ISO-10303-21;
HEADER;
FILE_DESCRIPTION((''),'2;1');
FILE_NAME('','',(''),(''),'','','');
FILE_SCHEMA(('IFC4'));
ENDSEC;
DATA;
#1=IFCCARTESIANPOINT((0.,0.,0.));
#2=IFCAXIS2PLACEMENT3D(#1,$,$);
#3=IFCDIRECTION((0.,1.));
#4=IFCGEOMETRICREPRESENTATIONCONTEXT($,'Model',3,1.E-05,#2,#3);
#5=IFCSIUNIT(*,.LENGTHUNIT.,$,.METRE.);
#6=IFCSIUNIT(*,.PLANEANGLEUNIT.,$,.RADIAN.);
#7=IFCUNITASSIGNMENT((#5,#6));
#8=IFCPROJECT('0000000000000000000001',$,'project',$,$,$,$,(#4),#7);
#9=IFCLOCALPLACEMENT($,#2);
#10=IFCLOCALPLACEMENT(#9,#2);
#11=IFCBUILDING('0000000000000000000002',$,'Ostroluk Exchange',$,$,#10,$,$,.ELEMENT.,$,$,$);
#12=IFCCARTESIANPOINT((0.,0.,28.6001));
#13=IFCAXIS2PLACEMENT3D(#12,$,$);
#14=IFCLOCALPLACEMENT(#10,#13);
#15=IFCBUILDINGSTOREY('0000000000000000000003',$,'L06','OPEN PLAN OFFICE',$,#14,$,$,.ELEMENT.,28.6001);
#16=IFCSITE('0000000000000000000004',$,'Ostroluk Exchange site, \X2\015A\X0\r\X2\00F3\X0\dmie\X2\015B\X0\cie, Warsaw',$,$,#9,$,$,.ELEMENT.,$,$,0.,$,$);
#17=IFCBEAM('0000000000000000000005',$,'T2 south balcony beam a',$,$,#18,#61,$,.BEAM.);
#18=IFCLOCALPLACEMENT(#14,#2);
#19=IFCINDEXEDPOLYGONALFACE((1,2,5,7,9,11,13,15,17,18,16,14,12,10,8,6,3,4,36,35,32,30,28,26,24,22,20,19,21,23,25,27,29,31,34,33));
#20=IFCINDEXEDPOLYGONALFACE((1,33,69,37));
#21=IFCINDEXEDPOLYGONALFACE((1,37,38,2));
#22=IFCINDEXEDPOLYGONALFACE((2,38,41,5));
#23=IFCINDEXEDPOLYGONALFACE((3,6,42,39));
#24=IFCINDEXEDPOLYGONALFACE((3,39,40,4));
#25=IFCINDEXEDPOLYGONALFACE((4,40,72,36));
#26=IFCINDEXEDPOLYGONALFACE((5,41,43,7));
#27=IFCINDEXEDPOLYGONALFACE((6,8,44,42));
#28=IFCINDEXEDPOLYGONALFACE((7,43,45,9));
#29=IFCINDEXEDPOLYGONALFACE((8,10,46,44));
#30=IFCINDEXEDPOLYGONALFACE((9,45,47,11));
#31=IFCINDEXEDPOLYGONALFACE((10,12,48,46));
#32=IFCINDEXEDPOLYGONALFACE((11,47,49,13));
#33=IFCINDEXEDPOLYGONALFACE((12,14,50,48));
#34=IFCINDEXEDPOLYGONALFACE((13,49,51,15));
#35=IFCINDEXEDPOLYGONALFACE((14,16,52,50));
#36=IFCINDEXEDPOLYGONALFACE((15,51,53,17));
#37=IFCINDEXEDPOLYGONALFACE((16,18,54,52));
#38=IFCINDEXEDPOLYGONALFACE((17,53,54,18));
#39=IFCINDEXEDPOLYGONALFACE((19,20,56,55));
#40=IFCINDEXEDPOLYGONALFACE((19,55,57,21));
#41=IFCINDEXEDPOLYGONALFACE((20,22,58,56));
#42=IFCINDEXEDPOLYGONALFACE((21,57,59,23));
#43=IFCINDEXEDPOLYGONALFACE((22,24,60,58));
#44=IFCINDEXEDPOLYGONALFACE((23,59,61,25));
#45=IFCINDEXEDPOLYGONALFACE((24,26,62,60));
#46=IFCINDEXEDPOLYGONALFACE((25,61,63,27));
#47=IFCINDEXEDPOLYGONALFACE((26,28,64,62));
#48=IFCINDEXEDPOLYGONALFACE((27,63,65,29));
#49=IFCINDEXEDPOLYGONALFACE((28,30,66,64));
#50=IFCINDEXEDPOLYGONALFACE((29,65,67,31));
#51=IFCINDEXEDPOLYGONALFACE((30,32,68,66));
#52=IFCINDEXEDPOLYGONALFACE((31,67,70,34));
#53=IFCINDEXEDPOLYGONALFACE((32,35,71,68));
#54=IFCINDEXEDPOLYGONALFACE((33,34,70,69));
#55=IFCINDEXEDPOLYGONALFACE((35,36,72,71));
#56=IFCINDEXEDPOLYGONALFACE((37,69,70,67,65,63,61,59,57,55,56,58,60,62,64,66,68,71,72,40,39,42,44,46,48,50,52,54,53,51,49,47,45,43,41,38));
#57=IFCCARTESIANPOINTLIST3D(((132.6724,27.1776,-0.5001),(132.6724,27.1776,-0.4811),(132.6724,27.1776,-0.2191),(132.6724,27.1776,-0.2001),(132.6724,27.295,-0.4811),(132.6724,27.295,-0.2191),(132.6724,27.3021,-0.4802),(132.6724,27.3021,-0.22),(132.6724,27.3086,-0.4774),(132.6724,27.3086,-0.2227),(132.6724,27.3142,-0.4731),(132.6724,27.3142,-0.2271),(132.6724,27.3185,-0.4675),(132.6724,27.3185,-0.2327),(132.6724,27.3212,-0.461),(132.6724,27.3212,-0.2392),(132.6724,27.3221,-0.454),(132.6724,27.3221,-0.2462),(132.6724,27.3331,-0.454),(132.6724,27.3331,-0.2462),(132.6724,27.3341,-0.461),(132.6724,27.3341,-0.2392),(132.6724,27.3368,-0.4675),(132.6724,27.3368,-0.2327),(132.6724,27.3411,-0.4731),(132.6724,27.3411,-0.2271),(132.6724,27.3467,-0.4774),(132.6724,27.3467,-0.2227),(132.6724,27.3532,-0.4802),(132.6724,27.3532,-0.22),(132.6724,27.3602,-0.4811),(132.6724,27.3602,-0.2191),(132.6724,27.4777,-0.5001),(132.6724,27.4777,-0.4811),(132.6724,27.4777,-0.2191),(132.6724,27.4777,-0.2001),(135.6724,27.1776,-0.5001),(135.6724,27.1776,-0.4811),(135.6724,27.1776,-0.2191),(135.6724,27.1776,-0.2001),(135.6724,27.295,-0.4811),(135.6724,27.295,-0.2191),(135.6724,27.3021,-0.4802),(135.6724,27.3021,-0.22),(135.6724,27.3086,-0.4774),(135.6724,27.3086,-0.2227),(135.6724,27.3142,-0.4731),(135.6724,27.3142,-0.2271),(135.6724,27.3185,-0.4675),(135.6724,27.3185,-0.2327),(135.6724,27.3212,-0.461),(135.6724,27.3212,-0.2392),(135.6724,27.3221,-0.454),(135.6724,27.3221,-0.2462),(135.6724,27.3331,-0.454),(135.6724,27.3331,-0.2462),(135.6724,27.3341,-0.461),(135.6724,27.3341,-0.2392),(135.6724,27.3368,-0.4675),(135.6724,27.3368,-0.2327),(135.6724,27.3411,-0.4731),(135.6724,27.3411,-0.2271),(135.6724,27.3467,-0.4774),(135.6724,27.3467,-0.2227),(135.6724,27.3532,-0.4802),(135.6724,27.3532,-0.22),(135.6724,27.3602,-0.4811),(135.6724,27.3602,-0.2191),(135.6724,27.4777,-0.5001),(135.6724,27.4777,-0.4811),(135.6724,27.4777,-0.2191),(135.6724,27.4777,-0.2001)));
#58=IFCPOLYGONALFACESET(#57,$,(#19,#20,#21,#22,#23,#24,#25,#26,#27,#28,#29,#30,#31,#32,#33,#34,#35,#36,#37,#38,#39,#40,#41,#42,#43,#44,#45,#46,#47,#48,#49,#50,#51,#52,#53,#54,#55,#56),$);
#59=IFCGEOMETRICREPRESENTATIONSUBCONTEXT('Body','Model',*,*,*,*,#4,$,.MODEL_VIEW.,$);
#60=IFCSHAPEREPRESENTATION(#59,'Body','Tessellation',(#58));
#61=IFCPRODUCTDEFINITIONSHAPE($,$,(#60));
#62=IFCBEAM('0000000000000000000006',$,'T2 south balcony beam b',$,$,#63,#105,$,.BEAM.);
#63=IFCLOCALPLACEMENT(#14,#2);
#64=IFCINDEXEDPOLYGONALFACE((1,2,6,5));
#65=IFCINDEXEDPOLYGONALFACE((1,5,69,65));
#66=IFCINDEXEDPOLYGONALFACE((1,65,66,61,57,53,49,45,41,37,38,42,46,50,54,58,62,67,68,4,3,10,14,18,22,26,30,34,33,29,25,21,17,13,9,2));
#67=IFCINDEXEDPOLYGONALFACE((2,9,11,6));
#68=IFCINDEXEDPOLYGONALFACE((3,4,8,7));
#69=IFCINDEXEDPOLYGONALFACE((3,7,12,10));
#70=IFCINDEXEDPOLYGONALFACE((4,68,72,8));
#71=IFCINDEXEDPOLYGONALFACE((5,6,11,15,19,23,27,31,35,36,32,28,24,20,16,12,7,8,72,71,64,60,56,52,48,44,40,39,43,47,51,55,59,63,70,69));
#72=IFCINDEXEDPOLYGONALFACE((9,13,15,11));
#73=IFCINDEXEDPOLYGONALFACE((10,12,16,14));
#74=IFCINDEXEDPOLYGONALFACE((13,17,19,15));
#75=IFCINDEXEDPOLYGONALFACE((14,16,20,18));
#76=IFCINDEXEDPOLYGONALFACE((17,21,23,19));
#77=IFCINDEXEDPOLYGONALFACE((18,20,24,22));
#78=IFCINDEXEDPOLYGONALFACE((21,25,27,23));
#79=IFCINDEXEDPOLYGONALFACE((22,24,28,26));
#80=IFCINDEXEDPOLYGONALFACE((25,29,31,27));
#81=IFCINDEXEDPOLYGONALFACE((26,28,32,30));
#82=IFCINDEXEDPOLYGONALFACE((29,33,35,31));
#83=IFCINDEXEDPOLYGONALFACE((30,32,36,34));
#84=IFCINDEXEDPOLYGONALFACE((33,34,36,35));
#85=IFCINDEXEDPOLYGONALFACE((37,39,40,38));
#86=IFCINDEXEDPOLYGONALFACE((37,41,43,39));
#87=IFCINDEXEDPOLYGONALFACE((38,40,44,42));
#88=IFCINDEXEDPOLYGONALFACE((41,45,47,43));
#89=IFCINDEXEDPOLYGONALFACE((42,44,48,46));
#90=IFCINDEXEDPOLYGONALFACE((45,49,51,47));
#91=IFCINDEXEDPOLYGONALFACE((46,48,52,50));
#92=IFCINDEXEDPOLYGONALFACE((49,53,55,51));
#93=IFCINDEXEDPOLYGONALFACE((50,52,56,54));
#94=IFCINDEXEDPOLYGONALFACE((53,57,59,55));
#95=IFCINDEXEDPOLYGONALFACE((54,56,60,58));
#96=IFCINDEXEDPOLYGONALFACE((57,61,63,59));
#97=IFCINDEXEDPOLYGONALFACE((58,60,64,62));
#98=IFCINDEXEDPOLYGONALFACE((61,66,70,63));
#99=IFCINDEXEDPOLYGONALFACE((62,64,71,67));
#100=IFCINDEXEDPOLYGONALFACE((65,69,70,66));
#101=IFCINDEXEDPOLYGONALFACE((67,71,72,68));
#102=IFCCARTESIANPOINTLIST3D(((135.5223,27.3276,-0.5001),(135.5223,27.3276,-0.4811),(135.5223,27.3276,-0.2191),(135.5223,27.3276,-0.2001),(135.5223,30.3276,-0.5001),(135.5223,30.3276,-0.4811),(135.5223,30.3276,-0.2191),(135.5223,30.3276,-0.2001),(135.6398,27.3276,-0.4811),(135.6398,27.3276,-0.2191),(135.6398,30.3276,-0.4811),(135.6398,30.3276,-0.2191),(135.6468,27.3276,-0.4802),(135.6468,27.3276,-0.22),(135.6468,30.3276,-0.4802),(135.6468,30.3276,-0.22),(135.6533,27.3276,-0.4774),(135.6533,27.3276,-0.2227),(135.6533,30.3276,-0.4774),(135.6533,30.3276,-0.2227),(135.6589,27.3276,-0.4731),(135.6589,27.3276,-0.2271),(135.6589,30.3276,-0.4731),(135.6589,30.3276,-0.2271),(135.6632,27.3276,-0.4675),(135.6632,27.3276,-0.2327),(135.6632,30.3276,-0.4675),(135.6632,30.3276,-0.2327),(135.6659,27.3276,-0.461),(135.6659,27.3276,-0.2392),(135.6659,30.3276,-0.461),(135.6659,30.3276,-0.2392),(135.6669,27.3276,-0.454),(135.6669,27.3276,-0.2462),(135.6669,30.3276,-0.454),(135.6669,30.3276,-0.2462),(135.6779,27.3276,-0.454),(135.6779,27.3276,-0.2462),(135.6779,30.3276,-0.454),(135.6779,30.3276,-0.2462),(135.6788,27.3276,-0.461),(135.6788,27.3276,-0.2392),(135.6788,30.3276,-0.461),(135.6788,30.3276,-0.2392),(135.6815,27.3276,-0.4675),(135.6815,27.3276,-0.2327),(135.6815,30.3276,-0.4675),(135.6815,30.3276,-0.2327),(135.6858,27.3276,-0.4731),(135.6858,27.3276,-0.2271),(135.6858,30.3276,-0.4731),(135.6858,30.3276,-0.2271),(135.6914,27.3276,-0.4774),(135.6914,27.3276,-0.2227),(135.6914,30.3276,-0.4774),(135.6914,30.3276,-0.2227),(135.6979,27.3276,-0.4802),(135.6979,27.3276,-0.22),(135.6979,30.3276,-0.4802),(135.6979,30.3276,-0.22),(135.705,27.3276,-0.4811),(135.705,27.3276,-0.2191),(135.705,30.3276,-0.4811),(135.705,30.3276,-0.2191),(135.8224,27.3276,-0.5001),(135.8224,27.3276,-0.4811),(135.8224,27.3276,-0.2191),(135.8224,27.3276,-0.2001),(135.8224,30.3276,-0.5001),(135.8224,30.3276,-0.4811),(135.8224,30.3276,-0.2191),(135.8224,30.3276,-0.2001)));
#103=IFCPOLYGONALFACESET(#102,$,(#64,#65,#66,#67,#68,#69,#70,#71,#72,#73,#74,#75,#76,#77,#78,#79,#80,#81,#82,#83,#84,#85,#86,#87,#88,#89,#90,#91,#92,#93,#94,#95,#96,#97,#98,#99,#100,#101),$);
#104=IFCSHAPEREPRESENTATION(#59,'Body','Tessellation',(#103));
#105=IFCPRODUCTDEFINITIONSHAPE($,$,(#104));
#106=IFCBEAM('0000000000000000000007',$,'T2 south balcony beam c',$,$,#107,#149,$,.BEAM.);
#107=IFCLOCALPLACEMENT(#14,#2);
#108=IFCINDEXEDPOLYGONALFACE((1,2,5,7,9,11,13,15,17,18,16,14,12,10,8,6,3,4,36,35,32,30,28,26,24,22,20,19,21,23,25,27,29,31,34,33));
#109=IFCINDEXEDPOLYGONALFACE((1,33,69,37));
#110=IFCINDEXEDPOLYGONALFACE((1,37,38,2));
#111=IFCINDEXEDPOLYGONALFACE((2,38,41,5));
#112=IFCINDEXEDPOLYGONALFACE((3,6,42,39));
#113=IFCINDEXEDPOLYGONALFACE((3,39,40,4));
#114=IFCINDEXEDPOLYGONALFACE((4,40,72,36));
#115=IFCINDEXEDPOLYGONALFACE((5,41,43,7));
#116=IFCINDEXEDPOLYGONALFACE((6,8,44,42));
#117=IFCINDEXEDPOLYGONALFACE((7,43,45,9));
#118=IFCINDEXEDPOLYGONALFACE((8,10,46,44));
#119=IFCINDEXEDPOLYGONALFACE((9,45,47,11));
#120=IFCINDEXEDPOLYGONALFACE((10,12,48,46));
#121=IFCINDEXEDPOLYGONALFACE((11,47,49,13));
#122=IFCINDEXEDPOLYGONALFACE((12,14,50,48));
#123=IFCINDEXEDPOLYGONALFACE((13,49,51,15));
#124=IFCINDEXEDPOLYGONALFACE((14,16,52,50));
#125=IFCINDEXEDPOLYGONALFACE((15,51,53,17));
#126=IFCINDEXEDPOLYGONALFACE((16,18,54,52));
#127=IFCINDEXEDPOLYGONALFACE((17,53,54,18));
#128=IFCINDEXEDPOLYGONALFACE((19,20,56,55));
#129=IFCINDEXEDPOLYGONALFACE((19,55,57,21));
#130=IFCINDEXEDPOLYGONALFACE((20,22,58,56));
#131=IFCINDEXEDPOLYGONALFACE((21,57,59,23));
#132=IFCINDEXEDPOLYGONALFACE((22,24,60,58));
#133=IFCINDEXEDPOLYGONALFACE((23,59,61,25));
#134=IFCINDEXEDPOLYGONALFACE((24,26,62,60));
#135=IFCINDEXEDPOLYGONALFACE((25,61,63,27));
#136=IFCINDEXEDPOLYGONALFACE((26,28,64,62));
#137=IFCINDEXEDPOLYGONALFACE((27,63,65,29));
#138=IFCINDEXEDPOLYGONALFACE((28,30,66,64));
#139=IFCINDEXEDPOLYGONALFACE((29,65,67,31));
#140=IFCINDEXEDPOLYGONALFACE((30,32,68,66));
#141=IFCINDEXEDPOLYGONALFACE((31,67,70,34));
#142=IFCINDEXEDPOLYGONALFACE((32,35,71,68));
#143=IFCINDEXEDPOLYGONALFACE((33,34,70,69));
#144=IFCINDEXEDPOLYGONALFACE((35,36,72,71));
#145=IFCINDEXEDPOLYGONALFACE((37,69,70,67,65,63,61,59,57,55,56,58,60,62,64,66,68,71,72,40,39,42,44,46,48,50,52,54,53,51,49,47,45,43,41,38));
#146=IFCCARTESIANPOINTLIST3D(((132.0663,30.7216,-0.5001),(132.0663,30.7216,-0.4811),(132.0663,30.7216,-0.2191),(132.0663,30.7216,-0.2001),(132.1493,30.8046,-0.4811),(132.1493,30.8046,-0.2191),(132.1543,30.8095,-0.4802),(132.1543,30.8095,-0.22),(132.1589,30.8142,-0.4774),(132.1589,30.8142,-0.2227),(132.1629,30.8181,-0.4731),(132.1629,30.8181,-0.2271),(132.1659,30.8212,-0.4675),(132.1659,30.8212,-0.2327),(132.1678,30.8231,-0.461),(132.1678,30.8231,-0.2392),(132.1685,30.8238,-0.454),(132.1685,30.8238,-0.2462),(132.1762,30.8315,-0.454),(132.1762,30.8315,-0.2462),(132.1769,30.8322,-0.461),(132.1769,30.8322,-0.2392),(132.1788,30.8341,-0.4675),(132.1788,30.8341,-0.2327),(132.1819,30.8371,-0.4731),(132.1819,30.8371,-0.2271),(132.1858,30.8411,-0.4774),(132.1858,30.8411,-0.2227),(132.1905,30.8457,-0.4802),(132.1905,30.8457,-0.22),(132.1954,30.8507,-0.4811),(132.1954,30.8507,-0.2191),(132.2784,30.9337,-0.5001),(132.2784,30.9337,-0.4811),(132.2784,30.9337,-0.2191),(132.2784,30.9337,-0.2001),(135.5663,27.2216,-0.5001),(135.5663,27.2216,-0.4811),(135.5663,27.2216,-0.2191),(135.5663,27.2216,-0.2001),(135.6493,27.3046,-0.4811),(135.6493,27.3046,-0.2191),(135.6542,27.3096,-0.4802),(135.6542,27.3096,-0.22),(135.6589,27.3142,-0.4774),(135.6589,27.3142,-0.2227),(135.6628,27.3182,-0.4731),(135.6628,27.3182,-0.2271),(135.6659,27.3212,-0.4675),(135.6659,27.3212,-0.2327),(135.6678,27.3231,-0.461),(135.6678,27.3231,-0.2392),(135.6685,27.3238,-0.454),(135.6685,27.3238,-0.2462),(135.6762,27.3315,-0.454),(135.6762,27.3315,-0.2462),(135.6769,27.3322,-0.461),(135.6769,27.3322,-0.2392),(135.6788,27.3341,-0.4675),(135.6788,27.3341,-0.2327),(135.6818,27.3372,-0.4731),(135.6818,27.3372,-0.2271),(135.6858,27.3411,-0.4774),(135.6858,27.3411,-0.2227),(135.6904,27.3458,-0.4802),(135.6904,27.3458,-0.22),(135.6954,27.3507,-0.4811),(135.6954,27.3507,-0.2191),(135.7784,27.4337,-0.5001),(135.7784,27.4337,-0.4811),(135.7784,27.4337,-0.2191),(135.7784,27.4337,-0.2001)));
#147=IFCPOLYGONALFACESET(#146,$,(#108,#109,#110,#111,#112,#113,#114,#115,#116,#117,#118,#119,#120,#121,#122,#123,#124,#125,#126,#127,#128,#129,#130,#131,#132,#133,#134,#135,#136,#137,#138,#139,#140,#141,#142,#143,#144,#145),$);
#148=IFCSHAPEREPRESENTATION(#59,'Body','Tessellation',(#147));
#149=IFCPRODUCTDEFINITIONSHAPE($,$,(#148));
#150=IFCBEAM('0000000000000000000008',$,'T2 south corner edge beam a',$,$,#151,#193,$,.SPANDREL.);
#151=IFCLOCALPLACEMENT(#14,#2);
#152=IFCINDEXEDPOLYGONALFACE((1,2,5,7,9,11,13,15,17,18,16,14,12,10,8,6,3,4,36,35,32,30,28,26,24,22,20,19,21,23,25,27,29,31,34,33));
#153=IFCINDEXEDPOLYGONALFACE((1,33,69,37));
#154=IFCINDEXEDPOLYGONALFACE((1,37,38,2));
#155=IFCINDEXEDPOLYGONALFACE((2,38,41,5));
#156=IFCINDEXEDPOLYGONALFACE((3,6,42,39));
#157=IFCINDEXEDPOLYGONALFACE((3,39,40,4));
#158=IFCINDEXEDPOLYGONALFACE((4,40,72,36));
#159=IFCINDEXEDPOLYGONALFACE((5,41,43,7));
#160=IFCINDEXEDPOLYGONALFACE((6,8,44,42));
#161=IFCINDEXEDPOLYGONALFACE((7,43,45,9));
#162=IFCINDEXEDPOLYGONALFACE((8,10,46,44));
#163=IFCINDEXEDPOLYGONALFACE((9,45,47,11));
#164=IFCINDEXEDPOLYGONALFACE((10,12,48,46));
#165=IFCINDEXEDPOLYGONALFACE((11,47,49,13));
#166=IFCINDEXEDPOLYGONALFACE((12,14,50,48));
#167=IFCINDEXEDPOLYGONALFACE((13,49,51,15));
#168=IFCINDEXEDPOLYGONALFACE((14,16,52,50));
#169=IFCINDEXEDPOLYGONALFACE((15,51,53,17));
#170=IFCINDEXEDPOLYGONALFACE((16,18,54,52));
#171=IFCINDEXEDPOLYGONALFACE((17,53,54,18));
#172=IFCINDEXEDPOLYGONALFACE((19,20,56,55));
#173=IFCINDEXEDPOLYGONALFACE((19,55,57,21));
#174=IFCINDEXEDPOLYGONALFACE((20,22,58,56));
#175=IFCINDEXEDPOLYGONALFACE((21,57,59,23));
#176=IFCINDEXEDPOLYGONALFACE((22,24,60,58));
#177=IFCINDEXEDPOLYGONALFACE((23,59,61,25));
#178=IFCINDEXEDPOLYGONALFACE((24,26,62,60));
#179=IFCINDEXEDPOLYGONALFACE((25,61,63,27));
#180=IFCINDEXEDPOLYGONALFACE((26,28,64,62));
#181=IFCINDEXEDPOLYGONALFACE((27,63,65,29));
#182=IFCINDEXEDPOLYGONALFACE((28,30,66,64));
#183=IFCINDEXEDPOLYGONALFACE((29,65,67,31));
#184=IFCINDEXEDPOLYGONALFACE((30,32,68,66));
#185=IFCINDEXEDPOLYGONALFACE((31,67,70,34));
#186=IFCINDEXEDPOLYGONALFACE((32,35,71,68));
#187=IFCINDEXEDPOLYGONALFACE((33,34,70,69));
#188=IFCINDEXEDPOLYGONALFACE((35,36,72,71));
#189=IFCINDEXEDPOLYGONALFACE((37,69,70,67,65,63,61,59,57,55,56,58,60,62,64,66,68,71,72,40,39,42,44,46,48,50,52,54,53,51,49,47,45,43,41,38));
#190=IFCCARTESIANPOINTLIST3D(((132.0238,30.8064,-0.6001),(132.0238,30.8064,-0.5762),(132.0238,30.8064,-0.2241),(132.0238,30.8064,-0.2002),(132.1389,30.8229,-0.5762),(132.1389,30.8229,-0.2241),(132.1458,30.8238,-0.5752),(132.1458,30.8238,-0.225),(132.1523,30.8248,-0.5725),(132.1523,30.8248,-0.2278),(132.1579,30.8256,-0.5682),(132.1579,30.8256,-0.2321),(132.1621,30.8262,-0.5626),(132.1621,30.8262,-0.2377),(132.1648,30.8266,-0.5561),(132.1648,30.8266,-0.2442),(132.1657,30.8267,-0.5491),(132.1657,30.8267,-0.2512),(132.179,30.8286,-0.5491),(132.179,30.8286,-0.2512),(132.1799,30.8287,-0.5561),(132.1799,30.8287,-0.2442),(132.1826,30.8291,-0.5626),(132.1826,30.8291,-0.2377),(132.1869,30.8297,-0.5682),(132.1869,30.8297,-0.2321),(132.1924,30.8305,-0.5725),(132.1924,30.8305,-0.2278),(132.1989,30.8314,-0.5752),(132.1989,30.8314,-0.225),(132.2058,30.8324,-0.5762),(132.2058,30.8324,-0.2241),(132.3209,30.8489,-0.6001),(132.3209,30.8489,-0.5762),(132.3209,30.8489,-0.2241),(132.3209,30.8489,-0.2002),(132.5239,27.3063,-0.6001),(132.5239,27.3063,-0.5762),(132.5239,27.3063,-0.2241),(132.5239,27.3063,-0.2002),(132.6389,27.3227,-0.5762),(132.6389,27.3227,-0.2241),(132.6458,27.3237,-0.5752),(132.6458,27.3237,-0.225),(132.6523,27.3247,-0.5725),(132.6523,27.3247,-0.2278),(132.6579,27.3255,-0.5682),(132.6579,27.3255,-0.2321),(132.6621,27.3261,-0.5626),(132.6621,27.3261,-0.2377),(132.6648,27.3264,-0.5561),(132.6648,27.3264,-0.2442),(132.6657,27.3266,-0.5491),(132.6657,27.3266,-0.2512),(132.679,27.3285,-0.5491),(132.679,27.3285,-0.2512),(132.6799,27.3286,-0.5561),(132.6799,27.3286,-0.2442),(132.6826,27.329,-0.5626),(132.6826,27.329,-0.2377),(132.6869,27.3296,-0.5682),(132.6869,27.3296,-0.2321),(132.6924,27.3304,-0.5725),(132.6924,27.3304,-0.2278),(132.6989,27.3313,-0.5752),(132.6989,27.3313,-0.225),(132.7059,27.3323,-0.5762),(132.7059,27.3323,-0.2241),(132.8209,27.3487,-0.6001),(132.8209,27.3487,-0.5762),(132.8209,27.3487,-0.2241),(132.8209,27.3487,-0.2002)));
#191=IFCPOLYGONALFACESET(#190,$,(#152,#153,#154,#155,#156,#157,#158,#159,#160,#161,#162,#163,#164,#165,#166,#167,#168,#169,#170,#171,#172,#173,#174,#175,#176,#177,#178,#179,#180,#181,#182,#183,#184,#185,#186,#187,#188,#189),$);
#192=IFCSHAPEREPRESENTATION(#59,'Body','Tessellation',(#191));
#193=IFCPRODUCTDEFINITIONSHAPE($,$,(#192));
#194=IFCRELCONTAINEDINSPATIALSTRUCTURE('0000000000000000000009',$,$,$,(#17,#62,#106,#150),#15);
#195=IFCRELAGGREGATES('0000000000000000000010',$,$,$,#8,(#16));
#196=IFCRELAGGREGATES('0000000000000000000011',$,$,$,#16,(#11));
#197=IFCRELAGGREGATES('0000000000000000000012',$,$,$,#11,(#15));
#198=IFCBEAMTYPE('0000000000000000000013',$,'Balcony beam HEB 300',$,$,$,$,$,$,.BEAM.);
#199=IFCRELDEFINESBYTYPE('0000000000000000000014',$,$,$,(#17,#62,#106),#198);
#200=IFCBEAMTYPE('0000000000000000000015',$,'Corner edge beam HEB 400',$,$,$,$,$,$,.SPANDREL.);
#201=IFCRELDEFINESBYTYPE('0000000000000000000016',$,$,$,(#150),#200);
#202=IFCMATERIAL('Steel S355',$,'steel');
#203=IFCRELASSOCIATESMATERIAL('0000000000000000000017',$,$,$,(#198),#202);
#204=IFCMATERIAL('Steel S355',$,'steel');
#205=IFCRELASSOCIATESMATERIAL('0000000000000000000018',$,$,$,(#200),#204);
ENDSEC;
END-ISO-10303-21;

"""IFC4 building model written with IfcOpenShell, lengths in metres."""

from ifc_helpers import new_model, si_unit, direction, frame, origin, origin_2d, place, context, subcontext, project, spatial, i_section, extrude, material, material_profile, profile_set, type_object, element, save


model = new_model("IFC4")

# Units and contexts
model_context = context("Model", 3, precision=1e-05, world=origin(), true_north=direction((0.0, 1.0)))
body_context = subcontext(model_context, "Body", "Model", "MODEL_VIEW")
ifc_project = project(units=[si_unit("LENGTHUNIT", "METRE"), si_unit("PLANEANGLEUNIT", "RADIAN")], contexts=[model_context])

# Site, building, storey
site_placement = place(None, origin())
site = spatial("IfcSite", under=ifc_project, at=site_placement, Name="Ostroluk Exchange site, Śródmieście, Warsaw", CompositionType="ELEMENT", RefElevation=0.0)
building_placement = place(site_placement, origin())
building = spatial("IfcBuilding", under=site, at=building_placement, Name="Ostroluk Exchange", CompositionType="ELEMENT")
storey_placement = place(building_placement, frame((0.0, 0.0, 28.6001)))
storey = spatial("IfcBuildingStorey", under=building, at=storey_placement, Name="L06", Description="OPEN PLAN OFFICE", CompositionType="ELEMENT", Elevation=28.6001)

# Beams
ifc_material_1 = material(Name="Steel S355", Category="steel")
ifc_material_profile_1 = material_profile(ifc_material_1, i_section(OverallWidth=0.3, OverallDepth=0.3, WebThickness=0.011, FlangeThickness=0.019, FilletRadius=0.0271, at=origin_2d()), Name="HEB 300")
ifc_profile_set_1 = profile_set([ifc_material_profile_1], Name="Steel S355")
beam_type_1 = type_object("IfcBeamType", Name="Balcony beam HEB 300", PredefinedType="BEAM", material=ifc_profile_set_1)
for number, where, z_axis, x_axis, name in (
    (1, (132.6724, 27.3276, -0.3501), (1.0, 0.0, 0.0), (0.0, 1.0, 0.0), "T2 south balcony beam a"),
    (2, (135.6724, 30.3276, -0.3501), (0.0, -1.0, 0.0), (1.0, 0.0, 0.0), "T2 south balcony beam b"),
):
    element("IfcBeam", number, at=place(storey_placement, frame(where, z_axis=z_axis, x_axis=x_axis)), inside=storey, type_object=beam_type_1, Name=name, PredefinedType="BEAM", context=body_context, shape_type="SweptSolid", body=[
        extrude(i_section(OverallWidth=0.3, OverallDepth=0.3, WebThickness=0.011, FlangeThickness=0.019, FilletRadius=0.0271, at=origin_2d()), origin(), (0.0, 0.0, 1.0), 3.0),
    ])
beam_1_placement = place(storey_placement, frame((132.1724, 30.8276, -0.3501), z_axis=(0.707107, -0.707107, 0.0), x_axis=(0.707107, 0.707107, 0.0)))
element("IfcBeam", 3, at=beam_1_placement, inside=storey, type_object=beam_type_1, Name="T2 south balcony beam c", PredefinedType="BEAM", context=body_context, shape_type="SweptSolid", body=[
    extrude(i_section(OverallWidth=0.3, OverallDepth=0.3, WebThickness=0.011, FlangeThickness=0.019, FilletRadius=0.0271, at=origin_2d()), origin(), (0.0, 0.0, 1.0), 4.9497),
])
ifc_material_2 = material(Name="Steel S355", Category="steel")
ifc_material_profile_2 = material_profile(ifc_material_2, i_section(OverallWidth=0.3, OverallDepth=0.3999, WebThickness=0.0134, FlangeThickness=0.0239, FilletRadius=0.0271, at=origin_2d()), Name="HEB 400")
ifc_profile_set_2 = profile_set([ifc_material_profile_2], Name="Steel S355")
beam_type_2 = type_object("IfcBeamType", Name="Corner edge beam HEB 400", PredefinedType="SPANDREL", material=ifc_profile_set_2)
for number, where, z_axis, x_axis, name in (
    (4, (132.1724, 30.8276, -0.4001), (0.141421, -0.989949, 0.0), (0.989949, 0.141421, 0.0), "T2 south corner edge beam a"),
):
    element("IfcBeam", number, at=place(storey_placement, frame(where, z_axis=z_axis, x_axis=x_axis)), inside=storey, type_object=beam_type_2, Name=name, PredefinedType="SPANDREL", context=body_context, shape_type="SweptSolid", body=[
        extrude(i_section(OverallWidth=0.3, OverallDepth=0.3999, WebThickness=0.0134, FlangeThickness=0.0239, FilletRadius=0.0271, at=origin_2d()), origin(), (0.0, 0.0, 1.0), 3.5356),
    ])

save(model, "model.ifc")
